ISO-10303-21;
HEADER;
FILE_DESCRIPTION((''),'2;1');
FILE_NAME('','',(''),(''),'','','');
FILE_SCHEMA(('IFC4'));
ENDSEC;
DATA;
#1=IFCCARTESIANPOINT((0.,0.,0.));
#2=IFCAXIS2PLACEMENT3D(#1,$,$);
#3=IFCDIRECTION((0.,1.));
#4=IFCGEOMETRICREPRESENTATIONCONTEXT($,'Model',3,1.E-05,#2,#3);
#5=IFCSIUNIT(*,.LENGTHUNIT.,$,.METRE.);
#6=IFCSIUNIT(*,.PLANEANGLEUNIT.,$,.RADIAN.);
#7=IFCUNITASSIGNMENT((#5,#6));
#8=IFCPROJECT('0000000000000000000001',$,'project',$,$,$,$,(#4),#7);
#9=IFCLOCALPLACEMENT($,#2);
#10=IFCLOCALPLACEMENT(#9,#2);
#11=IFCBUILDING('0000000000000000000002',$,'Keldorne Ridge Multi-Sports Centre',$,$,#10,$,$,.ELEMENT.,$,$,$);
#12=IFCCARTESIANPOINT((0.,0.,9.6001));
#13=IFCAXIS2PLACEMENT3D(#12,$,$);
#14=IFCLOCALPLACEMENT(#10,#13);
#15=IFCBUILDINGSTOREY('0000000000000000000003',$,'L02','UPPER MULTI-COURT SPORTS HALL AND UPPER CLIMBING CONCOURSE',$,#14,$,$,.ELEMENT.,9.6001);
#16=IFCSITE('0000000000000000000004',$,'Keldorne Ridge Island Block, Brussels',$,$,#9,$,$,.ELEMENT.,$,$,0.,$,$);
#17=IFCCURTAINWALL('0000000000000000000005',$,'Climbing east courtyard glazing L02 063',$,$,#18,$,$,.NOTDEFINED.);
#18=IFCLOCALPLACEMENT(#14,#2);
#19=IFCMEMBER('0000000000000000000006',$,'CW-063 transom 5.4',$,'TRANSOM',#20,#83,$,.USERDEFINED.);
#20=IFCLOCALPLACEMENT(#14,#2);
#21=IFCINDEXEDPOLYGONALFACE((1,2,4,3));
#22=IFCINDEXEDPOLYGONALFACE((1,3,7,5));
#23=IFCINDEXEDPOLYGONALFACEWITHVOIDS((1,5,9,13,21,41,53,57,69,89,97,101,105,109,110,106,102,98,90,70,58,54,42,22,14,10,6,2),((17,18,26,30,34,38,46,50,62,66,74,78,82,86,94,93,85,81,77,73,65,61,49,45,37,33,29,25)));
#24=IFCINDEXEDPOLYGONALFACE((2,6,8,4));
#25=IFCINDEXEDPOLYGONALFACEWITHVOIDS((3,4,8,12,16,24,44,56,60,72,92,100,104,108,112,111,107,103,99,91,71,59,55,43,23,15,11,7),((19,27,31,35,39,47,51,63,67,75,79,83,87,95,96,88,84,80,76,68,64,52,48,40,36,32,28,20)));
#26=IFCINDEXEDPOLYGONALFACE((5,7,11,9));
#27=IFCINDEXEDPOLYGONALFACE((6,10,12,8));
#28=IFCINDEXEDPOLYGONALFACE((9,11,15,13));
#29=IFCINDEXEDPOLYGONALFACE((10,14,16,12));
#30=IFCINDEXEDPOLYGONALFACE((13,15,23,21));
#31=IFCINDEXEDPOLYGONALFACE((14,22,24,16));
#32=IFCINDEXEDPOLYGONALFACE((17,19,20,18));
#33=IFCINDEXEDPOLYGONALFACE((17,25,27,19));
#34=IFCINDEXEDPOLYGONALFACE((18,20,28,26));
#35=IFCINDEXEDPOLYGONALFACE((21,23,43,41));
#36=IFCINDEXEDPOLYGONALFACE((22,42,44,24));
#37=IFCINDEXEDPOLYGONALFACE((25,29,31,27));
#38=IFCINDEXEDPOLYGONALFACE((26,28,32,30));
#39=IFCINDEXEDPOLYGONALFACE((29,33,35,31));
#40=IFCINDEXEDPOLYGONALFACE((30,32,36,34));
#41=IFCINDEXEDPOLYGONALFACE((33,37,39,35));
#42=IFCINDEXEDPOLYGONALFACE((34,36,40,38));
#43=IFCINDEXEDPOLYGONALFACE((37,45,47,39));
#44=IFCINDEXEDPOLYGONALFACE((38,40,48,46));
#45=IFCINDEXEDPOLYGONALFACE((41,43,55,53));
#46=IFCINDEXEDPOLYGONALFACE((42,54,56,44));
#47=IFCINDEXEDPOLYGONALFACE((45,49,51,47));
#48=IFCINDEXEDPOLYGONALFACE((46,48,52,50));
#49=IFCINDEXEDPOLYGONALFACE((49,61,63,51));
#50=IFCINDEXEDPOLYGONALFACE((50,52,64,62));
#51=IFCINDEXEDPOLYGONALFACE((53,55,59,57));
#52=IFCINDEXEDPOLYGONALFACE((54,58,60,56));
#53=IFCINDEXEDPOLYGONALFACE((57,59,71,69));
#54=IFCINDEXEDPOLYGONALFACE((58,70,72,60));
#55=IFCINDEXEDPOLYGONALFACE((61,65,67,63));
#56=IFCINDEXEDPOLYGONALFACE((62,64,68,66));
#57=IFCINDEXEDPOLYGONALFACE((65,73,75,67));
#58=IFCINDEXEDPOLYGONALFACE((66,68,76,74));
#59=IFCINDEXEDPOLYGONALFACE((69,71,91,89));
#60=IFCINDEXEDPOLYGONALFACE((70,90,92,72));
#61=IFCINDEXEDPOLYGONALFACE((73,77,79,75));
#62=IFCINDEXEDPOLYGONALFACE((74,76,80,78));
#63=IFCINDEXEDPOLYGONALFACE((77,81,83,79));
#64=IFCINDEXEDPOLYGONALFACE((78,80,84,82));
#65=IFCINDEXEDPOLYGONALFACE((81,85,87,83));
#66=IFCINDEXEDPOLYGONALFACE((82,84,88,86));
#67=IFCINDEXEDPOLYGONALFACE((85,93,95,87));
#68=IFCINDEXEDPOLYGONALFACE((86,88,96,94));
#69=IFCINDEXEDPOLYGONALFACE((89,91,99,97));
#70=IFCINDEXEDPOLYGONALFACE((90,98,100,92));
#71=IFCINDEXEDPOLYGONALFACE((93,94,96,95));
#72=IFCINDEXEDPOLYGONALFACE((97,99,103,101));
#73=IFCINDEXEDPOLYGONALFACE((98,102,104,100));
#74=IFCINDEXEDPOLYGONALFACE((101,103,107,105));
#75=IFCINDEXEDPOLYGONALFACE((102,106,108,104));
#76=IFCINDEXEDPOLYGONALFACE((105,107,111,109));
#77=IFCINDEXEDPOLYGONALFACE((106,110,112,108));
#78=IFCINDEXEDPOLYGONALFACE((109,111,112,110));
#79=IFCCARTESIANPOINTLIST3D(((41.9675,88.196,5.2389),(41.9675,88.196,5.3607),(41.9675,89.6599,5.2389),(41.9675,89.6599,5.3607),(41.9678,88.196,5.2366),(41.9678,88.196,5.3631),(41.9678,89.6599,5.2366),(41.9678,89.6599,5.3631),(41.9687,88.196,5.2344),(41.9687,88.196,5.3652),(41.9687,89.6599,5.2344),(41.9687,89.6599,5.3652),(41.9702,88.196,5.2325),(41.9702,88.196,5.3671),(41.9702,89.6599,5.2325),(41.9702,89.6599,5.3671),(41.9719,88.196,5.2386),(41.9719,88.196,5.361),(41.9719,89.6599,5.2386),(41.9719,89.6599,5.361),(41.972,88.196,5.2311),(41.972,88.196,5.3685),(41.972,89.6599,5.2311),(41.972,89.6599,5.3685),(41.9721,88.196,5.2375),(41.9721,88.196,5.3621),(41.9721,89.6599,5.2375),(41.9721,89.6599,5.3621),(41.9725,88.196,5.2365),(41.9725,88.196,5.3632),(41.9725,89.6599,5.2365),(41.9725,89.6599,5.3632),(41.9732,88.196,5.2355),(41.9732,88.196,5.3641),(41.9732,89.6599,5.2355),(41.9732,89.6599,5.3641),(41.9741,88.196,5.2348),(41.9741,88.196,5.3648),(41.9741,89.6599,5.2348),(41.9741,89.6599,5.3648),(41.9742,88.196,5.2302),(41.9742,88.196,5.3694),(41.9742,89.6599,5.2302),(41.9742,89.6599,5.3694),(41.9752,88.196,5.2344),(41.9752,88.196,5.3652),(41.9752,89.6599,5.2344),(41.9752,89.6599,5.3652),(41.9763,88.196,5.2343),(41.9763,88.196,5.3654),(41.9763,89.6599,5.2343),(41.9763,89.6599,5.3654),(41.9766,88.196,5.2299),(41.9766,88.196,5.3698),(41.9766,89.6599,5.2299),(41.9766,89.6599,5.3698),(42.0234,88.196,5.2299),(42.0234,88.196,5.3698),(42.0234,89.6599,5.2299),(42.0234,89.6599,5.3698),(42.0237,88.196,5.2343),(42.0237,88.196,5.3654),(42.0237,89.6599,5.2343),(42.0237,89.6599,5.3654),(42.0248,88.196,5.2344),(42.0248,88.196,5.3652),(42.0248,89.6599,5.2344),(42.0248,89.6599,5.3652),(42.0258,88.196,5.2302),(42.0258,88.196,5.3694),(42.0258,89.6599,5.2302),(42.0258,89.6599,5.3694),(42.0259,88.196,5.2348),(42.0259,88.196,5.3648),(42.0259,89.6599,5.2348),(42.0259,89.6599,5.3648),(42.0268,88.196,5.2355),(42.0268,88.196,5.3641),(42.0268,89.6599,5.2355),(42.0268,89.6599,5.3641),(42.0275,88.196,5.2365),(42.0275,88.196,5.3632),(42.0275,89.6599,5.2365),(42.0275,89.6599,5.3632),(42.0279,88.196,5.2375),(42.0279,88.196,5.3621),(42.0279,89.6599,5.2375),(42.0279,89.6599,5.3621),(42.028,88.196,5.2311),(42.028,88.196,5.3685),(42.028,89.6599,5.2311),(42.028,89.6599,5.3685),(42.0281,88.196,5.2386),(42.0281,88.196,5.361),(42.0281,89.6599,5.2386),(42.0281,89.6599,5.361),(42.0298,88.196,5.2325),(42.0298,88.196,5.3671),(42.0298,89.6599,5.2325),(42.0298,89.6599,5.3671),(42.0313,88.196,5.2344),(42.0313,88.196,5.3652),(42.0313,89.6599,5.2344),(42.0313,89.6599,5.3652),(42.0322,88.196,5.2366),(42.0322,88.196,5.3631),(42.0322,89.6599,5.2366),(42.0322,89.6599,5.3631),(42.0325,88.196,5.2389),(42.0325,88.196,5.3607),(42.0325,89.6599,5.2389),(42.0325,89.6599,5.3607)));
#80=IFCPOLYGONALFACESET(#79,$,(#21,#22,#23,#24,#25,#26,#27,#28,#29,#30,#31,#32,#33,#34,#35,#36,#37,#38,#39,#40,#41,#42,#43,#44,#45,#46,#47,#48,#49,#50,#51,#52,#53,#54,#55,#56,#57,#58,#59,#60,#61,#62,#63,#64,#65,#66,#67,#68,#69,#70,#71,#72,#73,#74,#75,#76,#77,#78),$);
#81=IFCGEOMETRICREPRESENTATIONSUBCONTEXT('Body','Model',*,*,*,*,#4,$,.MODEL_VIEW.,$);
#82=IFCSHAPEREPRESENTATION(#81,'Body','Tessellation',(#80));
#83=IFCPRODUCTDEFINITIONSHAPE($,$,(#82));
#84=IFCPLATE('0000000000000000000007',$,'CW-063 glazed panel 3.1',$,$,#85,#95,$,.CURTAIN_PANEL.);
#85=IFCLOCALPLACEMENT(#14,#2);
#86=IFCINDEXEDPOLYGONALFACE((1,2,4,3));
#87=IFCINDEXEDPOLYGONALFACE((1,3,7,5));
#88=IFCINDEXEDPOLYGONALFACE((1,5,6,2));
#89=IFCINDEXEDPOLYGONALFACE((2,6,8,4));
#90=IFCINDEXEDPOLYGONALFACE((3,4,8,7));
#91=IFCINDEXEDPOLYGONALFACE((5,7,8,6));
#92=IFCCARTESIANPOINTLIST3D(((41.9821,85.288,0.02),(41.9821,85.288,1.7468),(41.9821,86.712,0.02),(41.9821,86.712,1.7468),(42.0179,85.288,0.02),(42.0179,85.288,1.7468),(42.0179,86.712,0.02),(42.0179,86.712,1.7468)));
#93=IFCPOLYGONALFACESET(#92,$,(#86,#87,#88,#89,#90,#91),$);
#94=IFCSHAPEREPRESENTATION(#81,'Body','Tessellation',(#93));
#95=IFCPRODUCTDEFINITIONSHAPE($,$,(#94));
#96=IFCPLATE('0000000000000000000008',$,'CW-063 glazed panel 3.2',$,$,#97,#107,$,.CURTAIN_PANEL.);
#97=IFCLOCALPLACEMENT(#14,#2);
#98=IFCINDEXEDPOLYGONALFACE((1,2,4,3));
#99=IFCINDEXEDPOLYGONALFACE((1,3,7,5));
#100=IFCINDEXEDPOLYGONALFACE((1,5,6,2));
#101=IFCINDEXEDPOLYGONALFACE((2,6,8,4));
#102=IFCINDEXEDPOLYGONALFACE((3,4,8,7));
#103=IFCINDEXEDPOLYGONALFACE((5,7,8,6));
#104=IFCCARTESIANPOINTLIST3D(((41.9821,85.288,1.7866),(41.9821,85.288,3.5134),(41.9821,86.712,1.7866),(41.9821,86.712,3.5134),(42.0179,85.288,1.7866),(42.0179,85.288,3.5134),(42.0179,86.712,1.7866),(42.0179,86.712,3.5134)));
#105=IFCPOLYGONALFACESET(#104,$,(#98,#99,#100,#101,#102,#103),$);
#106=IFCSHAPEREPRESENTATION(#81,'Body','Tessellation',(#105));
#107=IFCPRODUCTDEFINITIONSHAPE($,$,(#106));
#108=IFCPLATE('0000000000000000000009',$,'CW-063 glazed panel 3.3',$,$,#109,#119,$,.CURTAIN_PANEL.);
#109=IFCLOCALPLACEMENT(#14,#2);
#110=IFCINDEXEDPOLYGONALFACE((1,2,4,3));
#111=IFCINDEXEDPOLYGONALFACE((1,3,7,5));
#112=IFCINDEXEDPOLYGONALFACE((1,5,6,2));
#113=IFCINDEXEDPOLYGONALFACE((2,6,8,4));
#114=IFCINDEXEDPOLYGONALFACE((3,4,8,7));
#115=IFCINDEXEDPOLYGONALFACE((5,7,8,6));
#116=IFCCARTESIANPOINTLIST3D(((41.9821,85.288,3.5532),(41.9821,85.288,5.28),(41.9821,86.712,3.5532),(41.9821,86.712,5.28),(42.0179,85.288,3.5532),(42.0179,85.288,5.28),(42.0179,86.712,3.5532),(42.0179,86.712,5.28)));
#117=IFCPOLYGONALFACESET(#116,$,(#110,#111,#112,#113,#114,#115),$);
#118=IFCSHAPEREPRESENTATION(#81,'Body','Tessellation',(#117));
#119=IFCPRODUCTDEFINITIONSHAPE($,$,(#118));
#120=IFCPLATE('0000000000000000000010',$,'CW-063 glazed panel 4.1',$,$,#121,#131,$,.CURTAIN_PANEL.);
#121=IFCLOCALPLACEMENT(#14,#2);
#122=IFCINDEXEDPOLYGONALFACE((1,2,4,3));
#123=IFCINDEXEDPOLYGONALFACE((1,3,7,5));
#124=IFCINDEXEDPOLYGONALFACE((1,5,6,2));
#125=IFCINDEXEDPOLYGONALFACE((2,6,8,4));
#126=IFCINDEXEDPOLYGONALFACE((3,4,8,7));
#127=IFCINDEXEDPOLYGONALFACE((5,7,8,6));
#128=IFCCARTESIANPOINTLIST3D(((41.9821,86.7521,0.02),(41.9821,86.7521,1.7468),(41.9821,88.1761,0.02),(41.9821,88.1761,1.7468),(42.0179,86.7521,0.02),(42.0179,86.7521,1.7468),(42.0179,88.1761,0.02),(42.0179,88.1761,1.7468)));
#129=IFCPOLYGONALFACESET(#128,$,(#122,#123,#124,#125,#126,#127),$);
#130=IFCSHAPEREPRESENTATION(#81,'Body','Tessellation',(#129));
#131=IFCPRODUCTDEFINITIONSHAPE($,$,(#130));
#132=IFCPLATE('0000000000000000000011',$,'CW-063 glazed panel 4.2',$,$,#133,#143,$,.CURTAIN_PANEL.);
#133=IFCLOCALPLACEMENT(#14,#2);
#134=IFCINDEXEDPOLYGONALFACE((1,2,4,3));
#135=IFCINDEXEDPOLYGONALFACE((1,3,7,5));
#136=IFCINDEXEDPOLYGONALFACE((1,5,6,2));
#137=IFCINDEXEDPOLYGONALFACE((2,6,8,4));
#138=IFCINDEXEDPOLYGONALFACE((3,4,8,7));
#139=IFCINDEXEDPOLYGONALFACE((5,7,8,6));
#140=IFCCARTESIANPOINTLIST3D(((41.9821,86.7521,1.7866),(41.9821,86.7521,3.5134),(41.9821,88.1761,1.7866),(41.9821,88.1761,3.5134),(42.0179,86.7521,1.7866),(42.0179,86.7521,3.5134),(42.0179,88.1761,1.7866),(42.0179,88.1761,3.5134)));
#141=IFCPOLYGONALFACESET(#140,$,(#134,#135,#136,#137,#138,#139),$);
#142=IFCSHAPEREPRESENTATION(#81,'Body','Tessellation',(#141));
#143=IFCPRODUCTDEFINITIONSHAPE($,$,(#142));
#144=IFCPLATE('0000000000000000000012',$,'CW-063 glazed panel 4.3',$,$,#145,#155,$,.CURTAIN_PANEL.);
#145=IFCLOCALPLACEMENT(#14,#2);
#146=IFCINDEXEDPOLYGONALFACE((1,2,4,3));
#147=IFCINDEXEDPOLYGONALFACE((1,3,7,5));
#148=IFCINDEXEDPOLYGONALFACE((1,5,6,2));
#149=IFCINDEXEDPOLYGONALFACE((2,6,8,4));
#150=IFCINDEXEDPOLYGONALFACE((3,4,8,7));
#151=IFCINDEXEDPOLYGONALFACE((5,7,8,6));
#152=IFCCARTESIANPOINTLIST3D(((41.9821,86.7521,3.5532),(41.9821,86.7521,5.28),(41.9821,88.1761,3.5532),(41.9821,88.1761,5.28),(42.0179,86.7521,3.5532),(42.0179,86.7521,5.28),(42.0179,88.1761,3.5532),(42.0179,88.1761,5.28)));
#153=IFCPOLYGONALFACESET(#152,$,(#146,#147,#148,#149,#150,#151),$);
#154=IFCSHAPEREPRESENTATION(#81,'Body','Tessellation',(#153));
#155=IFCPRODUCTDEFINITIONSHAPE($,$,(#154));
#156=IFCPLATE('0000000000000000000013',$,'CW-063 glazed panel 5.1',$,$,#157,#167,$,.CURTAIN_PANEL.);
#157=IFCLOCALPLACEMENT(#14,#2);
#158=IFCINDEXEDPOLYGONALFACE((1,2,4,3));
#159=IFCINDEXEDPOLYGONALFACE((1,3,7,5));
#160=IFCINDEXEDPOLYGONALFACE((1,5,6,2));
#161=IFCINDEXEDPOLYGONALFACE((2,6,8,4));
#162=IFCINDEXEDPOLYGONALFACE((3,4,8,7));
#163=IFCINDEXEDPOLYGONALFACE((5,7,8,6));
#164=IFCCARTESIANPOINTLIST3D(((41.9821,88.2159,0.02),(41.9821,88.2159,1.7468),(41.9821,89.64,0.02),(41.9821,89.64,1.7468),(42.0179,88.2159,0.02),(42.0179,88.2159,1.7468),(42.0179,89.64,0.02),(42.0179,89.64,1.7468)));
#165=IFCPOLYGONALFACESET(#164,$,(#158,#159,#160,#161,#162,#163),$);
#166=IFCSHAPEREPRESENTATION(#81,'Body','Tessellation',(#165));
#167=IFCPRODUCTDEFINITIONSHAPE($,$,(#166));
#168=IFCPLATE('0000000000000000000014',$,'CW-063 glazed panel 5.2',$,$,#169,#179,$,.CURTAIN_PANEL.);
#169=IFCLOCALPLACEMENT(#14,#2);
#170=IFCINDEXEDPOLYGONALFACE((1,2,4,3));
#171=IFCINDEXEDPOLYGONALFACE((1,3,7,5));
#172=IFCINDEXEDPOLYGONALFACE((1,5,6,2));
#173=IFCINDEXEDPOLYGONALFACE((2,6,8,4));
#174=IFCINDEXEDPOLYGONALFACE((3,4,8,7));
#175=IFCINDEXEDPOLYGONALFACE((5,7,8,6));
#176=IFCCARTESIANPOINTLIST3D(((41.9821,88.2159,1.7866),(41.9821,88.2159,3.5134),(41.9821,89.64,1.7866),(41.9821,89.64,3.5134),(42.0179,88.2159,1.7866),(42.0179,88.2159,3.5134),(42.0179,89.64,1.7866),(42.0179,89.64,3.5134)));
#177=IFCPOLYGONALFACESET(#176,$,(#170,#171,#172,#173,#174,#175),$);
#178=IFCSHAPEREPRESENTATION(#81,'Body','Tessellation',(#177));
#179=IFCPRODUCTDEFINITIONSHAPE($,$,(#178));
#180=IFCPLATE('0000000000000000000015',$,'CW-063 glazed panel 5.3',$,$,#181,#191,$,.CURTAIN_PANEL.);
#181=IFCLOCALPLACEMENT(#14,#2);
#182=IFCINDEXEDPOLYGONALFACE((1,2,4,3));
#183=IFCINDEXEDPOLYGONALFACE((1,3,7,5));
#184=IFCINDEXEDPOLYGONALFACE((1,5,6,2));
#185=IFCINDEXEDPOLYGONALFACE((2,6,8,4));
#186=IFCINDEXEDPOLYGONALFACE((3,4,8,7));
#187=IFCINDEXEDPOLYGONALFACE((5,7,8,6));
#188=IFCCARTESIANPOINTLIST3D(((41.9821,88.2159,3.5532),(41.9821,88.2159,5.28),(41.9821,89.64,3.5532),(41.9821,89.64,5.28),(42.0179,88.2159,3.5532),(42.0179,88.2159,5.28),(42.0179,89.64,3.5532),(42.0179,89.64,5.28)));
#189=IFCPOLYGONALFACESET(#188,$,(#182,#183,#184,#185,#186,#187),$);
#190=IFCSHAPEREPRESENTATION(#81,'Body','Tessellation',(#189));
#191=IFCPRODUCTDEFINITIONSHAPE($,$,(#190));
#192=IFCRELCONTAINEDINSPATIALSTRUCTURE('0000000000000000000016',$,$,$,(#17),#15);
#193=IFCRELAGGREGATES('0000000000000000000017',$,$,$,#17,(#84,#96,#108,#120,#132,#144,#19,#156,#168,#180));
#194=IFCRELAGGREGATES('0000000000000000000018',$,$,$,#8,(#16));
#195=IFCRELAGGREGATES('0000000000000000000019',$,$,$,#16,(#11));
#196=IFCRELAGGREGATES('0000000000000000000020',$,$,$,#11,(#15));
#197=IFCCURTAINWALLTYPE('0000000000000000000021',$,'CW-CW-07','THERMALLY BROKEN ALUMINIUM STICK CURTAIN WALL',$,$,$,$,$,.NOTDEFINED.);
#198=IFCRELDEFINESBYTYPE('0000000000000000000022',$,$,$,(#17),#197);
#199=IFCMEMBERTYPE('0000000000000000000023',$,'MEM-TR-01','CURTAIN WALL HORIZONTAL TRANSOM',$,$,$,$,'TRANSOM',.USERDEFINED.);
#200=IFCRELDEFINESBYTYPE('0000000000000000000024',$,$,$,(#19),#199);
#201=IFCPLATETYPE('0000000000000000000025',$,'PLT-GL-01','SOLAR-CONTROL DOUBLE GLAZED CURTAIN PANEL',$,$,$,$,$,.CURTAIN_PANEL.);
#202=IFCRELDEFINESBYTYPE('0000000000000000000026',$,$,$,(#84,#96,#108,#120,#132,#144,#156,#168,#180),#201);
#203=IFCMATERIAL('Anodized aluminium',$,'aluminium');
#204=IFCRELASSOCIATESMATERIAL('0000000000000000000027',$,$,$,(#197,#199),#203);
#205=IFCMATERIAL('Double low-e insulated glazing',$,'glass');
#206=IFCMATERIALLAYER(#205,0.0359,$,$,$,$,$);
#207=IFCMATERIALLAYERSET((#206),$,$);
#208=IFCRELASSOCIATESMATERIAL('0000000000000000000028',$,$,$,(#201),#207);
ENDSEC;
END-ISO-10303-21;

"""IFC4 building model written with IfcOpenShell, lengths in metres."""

from ifc_helpers import new_model, si_unit, direction, frame, origin, origin_2d, place, context, subcontext, project, spatial, rectangle, hollow_rectangle, extrude, material, layer, layer_set, material_profile, profile_set, type_object, element, aggregate, save


model = new_model("IFC4")

# Units and contexts
model_context = context("Model", 3, precision=1e-05, world=origin(), true_north=direction((0.0, 1.0)))
body_context = subcontext(model_context, "Body", "Model", "MODEL_VIEW")
ifc_project = project(units=[si_unit("LENGTHUNIT", "METRE"), si_unit("PLANEANGLEUNIT", "RADIAN")], contexts=[model_context])

# Site, building, storey
site_placement = place(None, origin())
site = spatial("IfcSite", under=ifc_project, at=site_placement, Name="Keldorne Ridge Island Block, Brussels", CompositionType="ELEMENT", RefElevation=0.0)
building_placement = place(site_placement, origin())
building = spatial("IfcBuilding", under=site, at=building_placement, Name="Keldorne Ridge Multi-Sports Centre", CompositionType="ELEMENT")
storey_placement = place(building_placement, frame((0.0, 0.0, 9.6001)))
storey = spatial("IfcBuildingStorey", under=building, at=storey_placement, Name="L02", Description="UPPER MULTI-COURT SPORTS HALL AND UPPER CLIMBING CONCOURSE", CompositionType="ELEMENT", Elevation=9.6001)

# Curtain wall
ifc_material_1 = material(Name="Anodized aluminium", Category="aluminium")
curtain_wall_type = type_object("IfcCurtainWallType", Name="CW-CW-07", Description="THERMALLY BROKEN ALUMINIUM STICK CURTAIN WALL", PredefinedType="NOTDEFINED", material=ifc_material_1)
curtain_wall_placement = place(storey_placement, origin())
curtain_wall = element("IfcCurtainWall", 1, at=curtain_wall_placement, inside=storey, type_object=curtain_wall_type, Name="Climbing east courtyard glazing L02 063", PredefinedType="NOTDEFINED")

# Member
ifc_material_profile_1 = material_profile(ifc_material_1, hollow_rectangle(XDim=0.0649, YDim=0.1399, WallThickness=0.0044, InnerFilletRadius=0.0044, OuterFilletRadius=0.009, at=origin_2d()), Name="ALU TRANSOM 140x65x4.5")
ifc_profile_set_1 = profile_set([ifc_material_profile_1], Name="Anodized aluminium")
member_type_1 = type_object("IfcMemberType", Name="MEM-TR-01", Description="CURTAIN WALL HORIZONTAL TRANSOM", ElementType="TRANSOM", PredefinedType="USERDEFINED", material=ifc_profile_set_1)
member_1_placement = place(storey_placement, frame((42.0, 88.196, 5.2998), z_axis=(0.0, 1.0, 0.0), x_axis=(-1.0, 0.0, 0.0)))
member_1 = element("IfcMember", 2, at=member_1_placement, type_object=member_type_1, Name="CW-063 transom 5.4", ObjectType="TRANSOM", PredefinedType="USERDEFINED", context=body_context, shape_type="SweptSolid", body=[
    extrude(hollow_rectangle(XDim=0.0649, YDim=0.1399, WallThickness=0.0044, InnerFilletRadius=0.0044, OuterFilletRadius=0.009, at=origin_2d()), origin(), (0.0, 0.0, 1.0), 1.4639),
])

# Plates
ifc_material_2 = material(Name="Double low-e insulated glazing", Category="glass")
ifc_layer = layer(ifc_material_2, 0.0359)
ifc_layer_set = layer_set([ifc_layer])
plate_type = type_object("IfcPlateType", Name="PLT-GL-01", Description="SOLAR-CONTROL DOUBLE GLAZED CURTAIN PANEL", PredefinedType="CURTAIN_PANEL", material=ifc_layer_set)
plate_1_placement = place(storey_placement, frame((42.0, 86.0, 0.02), z_axis=(0.0, 0.0, 1.0), x_axis=(0.0, 1.0, 0.0)))
plate_1 = element("IfcPlate", 3, at=plate_1_placement, type_object=plate_type, Name="CW-063 glazed panel 3.1", PredefinedType="CURTAIN_PANEL", context=body_context, shape_type="SweptSolid", body=[
    extrude(rectangle(XDim=1.4241, YDim=0.0359, at=origin_2d()), origin(), (0.0, 0.0, 1.0), 1.7268),
])
plate_2_placement = place(storey_placement, frame((42.0, 86.0, 1.7866), z_axis=(0.0, 0.0, 1.0), x_axis=(0.0, 1.0, 0.0)))
plate_2 = element("IfcPlate", 4, at=plate_2_placement, type_object=plate_type, Name="CW-063 glazed panel 3.2", PredefinedType="CURTAIN_PANEL", context=body_context, shape_type="SweptSolid", body=[
    extrude(rectangle(XDim=1.4241, YDim=0.0359, at=origin_2d()), origin(), (0.0, 0.0, 1.0), 1.7268),
])
plate_3_placement = place(storey_placement, frame((42.0, 86.0, 3.5532), z_axis=(0.0, 0.0, 1.0), x_axis=(0.0, 1.0, 0.0)))
plate_3 = element("IfcPlate", 5, at=plate_3_placement, type_object=plate_type, Name="CW-063 glazed panel 3.3", PredefinedType="CURTAIN_PANEL", context=body_context, shape_type="SweptSolid", body=[
    extrude(rectangle(XDim=1.4241, YDim=0.0359, at=origin_2d()), origin(), (0.0, 0.0, 1.0), 1.7268),
])
plate_4_placement = place(storey_placement, frame((42.0, 87.4641, 0.02), z_axis=(0.0, 0.0, 1.0), x_axis=(0.0, 1.0, 0.0)))
plate_4 = element("IfcPlate", 6, at=plate_4_placement, type_object=plate_type, Name="CW-063 glazed panel 4.1", PredefinedType="CURTAIN_PANEL", context=body_context, shape_type="SweptSolid", body=[
    extrude(rectangle(XDim=1.4241, YDim=0.0359, at=origin_2d()), origin(), (0.0, 0.0, 1.0), 1.7268),
])
plate_5_placement = place(storey_placement, frame((42.0, 87.4641, 1.7866), z_axis=(0.0, 0.0, 1.0), x_axis=(0.0, 1.0, 0.0)))
plate_5 = element("IfcPlate", 7, at=plate_5_placement, type_object=plate_type, Name="CW-063 glazed panel 4.2", PredefinedType="CURTAIN_PANEL", context=body_context, shape_type="SweptSolid", body=[
    extrude(rectangle(XDim=1.4241, YDim=0.0359, at=origin_2d()), origin(), (0.0, 0.0, 1.0), 1.7268),
])
plate_6_placement = place(storey_placement, frame((42.0, 87.4641, 3.5532), z_axis=(0.0, 0.0, 1.0), x_axis=(0.0, 1.0, 0.0)))
plate_6 = element("IfcPlate", 8, at=plate_6_placement, type_object=plate_type, Name="CW-063 glazed panel 4.3", PredefinedType="CURTAIN_PANEL", context=body_context, shape_type="SweptSolid", body=[
    extrude(rectangle(XDim=1.4241, YDim=0.0359, at=origin_2d()), origin(), (0.0, 0.0, 1.0), 1.7268),
])
plate_7_placement = place(storey_placement, frame((42.0, 88.928, 0.02), z_axis=(0.0, 0.0, 1.0), x_axis=(0.0, 1.0, 0.0)))
plate_7 = element("IfcPlate", 9, at=plate_7_placement, type_object=plate_type, Name="CW-063 glazed panel 5.1", PredefinedType="CURTAIN_PANEL", context=body_context, shape_type="SweptSolid", body=[
    extrude(rectangle(XDim=1.4241, YDim=0.0359, at=origin_2d()), origin(), (0.0, 0.0, 1.0), 1.7268),
])
plate_8_placement = place(storey_placement, frame((42.0, 88.928, 1.7866), z_axis=(0.0, 0.0, 1.0), x_axis=(0.0, 1.0, 0.0)))
plate_8 = element("IfcPlate", 10, at=plate_8_placement, type_object=plate_type, Name="CW-063 glazed panel 5.2", PredefinedType="CURTAIN_PANEL", context=body_context, shape_type="SweptSolid", body=[
    extrude(rectangle(XDim=1.4241, YDim=0.0359, at=origin_2d()), origin(), (0.0, 0.0, 1.0), 1.7268),
])
plate_9_placement = place(storey_placement, frame((42.0, 88.928, 3.5532), z_axis=(0.0, 0.0, 1.0), x_axis=(0.0, 1.0, 0.0)))
plate_9 = element("IfcPlate", 11, at=plate_9_placement, type_object=plate_type, Name="CW-063 glazed panel 5.3", PredefinedType="CURTAIN_PANEL", context=body_context, shape_type="SweptSolid", body=[
    extrude(rectangle(XDim=1.4241, YDim=0.0359, at=origin_2d()), origin(), (0.0, 0.0, 1.0), 1.7268),
])
aggregate(curtain_wall, [plate_1, plate_2, plate_3, plate_4, plate_5, plate_6, member_1, plate_7, plate_8, plate_9])

save(model, "model.ifc")
